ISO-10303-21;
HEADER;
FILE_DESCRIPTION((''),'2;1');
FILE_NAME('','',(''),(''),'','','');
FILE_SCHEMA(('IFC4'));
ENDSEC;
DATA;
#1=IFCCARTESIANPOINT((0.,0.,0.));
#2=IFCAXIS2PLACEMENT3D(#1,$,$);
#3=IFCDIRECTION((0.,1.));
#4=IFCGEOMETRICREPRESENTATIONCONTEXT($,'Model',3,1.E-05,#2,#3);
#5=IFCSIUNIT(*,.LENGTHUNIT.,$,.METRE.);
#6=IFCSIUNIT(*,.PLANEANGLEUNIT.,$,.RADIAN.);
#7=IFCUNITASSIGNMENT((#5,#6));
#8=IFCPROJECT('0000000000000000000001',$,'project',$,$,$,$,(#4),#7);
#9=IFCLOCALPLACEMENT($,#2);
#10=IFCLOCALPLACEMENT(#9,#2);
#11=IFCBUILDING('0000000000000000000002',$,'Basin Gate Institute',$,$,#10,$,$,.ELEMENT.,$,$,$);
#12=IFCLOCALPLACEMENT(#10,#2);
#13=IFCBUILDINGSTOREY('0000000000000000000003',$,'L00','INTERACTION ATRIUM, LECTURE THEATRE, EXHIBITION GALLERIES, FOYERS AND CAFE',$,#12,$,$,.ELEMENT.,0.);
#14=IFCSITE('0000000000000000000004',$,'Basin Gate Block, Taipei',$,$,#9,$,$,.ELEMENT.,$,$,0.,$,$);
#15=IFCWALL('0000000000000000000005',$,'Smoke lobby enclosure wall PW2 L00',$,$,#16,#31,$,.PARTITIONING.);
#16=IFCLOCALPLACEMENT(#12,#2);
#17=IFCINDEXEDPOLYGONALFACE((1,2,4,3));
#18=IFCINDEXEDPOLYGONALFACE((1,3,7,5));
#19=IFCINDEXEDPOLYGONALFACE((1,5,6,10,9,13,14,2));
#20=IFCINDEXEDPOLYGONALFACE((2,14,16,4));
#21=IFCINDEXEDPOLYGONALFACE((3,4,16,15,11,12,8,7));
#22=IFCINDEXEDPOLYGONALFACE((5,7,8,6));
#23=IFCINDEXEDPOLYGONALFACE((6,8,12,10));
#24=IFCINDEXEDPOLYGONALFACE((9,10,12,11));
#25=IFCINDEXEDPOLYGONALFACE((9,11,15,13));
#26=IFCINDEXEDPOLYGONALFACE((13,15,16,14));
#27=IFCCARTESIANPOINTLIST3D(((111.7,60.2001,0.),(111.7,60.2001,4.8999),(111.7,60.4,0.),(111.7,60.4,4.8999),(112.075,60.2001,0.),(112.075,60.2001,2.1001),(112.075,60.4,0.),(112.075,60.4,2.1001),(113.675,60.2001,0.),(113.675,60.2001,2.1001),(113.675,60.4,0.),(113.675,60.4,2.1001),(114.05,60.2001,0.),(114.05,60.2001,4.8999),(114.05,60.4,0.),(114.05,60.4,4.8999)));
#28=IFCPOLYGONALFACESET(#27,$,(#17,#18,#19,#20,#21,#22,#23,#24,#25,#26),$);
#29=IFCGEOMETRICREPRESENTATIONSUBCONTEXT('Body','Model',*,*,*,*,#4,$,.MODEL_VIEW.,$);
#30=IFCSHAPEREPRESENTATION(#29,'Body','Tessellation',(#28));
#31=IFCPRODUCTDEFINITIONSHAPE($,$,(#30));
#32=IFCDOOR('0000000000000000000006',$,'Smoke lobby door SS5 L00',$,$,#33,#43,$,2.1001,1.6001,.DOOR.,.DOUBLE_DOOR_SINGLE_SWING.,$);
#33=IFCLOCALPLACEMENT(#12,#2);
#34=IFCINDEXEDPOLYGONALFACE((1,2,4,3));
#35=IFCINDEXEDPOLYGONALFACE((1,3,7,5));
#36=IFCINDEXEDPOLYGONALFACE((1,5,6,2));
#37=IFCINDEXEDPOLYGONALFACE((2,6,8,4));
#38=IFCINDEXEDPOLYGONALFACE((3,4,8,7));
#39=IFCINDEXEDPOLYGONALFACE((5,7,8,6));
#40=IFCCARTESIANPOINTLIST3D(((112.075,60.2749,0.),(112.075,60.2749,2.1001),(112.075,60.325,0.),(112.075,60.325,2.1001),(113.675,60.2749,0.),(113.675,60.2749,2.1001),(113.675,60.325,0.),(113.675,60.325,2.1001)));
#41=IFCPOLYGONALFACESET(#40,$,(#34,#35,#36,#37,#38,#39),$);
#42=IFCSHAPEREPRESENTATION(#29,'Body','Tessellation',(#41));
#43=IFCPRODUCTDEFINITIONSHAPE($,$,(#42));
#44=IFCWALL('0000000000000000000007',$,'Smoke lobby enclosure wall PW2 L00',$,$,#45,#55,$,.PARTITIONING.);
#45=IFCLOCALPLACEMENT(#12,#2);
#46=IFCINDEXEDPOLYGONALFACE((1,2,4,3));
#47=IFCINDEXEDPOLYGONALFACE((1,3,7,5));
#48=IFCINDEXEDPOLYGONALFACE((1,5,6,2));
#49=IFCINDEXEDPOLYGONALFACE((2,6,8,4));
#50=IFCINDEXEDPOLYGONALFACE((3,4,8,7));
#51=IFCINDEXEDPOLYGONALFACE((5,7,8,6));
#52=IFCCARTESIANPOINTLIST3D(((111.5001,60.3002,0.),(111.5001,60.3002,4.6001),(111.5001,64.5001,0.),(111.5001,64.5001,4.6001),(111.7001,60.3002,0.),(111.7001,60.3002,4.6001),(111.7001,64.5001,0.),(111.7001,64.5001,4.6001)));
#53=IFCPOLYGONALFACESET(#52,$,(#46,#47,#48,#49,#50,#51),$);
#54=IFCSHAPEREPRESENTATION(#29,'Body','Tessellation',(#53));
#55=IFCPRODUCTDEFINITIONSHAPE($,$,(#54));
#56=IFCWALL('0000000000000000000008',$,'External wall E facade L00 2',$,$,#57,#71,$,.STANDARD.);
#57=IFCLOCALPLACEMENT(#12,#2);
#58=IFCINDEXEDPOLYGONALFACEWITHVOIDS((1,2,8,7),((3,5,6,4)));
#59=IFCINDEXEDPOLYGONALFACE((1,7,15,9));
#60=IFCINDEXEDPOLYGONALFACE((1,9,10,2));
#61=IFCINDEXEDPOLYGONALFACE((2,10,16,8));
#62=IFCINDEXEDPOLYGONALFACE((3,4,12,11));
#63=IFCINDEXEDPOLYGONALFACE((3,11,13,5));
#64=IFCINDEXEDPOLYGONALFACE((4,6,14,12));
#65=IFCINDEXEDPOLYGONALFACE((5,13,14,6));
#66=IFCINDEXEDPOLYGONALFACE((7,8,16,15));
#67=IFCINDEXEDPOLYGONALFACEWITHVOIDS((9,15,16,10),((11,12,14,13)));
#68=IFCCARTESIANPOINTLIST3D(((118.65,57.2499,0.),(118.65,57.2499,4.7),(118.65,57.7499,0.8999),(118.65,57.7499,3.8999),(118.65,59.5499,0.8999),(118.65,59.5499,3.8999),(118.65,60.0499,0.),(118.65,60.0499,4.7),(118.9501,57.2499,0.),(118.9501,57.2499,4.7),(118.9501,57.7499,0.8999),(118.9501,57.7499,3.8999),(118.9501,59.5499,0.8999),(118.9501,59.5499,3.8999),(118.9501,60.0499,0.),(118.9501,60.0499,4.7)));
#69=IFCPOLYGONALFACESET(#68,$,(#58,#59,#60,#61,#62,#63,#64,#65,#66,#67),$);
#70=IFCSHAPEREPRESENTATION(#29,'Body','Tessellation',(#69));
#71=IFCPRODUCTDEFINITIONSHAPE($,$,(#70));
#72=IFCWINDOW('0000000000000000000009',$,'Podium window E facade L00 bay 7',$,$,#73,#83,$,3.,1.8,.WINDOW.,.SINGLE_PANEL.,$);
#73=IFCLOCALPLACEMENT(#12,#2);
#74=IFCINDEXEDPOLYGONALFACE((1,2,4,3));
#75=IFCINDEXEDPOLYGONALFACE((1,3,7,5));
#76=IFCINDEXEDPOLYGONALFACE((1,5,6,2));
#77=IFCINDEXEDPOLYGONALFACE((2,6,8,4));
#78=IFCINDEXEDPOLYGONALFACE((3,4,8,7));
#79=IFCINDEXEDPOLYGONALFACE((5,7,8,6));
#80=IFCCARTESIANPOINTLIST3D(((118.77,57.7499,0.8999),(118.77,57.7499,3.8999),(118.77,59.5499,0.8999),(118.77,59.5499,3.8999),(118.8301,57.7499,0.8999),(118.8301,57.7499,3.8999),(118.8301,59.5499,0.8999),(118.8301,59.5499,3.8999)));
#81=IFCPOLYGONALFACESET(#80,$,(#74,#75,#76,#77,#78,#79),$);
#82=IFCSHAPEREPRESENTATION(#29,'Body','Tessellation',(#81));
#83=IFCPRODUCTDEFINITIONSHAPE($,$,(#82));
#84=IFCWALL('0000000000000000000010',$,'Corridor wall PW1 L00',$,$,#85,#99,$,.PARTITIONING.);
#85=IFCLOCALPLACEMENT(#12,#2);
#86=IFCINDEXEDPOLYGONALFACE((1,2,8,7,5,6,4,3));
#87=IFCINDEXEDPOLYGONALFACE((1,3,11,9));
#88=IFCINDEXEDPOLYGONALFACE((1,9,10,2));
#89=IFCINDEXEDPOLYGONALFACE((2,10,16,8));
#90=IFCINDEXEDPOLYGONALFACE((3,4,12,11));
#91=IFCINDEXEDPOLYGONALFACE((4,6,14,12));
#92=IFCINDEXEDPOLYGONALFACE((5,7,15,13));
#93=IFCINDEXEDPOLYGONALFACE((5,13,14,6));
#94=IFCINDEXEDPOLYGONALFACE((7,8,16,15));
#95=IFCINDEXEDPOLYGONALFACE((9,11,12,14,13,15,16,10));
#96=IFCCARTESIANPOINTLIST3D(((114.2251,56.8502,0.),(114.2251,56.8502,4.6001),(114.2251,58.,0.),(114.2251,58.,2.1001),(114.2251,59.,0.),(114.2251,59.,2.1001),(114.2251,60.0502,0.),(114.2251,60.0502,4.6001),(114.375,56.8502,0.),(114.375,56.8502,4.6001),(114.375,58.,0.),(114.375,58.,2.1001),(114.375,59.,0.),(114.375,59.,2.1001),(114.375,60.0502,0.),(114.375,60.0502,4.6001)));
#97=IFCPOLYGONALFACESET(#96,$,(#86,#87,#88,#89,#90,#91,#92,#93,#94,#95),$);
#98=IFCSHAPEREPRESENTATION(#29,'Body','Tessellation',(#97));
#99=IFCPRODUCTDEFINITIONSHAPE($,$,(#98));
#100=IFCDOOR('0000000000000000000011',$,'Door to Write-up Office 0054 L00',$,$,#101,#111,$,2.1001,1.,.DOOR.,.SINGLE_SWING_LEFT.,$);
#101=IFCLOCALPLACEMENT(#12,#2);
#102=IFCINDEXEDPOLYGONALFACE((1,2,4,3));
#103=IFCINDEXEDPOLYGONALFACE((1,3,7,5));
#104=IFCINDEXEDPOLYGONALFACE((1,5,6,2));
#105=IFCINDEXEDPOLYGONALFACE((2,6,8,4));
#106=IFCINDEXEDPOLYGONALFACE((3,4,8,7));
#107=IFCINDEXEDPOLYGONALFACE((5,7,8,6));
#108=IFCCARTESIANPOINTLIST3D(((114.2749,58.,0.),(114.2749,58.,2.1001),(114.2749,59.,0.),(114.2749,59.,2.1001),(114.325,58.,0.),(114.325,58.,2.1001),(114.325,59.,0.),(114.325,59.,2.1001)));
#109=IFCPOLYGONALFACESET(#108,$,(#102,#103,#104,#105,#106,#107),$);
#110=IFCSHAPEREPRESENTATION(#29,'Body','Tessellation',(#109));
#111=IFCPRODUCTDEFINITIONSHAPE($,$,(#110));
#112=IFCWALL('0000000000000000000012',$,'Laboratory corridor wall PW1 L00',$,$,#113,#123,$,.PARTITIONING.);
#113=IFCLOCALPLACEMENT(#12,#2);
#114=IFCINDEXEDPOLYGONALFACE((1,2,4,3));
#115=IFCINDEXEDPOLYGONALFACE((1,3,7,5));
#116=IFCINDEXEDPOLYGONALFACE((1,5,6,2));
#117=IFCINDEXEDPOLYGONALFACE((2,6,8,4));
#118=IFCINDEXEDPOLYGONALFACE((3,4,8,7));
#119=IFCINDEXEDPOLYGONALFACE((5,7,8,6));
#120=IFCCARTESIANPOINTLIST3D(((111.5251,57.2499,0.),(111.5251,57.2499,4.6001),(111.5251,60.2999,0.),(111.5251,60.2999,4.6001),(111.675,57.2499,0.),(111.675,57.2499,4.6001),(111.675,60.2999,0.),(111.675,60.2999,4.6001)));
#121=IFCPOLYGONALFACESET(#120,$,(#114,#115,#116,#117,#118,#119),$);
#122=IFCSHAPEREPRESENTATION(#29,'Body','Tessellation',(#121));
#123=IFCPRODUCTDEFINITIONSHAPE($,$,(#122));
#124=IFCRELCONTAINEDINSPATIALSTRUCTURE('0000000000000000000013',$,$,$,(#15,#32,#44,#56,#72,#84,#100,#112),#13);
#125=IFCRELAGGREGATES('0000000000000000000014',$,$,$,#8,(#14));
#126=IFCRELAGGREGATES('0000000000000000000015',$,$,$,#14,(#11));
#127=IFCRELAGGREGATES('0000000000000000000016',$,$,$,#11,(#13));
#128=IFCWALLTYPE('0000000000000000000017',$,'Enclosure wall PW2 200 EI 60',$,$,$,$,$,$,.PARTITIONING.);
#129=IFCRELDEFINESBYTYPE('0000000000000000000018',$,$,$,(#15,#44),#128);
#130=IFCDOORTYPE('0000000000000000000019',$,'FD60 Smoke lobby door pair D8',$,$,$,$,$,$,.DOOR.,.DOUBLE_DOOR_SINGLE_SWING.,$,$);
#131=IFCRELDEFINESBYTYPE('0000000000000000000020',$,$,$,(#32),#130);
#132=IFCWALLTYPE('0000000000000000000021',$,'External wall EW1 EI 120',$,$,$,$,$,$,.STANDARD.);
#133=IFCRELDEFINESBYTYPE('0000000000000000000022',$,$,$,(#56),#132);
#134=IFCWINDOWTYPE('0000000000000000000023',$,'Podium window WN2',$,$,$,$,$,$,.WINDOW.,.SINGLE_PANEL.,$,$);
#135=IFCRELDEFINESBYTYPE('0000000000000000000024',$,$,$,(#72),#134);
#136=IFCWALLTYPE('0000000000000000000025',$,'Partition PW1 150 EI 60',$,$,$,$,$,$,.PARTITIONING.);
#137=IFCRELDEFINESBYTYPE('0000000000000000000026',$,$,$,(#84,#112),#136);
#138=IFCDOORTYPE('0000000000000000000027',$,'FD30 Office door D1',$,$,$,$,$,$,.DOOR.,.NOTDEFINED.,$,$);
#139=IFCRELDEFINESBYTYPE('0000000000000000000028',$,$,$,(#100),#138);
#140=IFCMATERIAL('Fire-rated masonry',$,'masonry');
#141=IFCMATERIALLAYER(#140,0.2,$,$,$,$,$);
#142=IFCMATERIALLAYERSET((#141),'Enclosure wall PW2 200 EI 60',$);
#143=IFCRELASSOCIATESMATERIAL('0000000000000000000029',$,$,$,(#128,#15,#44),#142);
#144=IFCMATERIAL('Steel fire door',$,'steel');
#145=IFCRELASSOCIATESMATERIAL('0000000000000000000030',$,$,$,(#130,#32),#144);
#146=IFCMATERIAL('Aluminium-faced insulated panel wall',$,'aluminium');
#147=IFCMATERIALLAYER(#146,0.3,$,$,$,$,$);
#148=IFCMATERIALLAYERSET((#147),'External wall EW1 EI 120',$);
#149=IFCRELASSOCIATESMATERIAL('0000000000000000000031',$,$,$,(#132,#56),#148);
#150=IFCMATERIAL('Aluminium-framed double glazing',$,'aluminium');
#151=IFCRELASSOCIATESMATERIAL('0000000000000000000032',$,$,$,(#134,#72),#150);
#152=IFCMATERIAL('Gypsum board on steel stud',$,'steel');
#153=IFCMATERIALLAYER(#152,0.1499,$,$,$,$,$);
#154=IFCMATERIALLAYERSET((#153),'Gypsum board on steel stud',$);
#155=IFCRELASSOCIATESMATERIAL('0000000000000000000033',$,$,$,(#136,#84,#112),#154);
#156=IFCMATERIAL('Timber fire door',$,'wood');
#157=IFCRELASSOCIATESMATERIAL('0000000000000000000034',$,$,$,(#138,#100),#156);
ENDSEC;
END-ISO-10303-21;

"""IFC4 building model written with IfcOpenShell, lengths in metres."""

from ifc_helpers import new_model, si_unit, direction, frame, frame_2d, origin, place, context, subcontext, project, spatial, rectangle, extrude, material, layer, layer_set, type_object, element, fill, save


model = new_model("IFC4")

# Units and contexts
model_context = context("Model", 3, precision=1e-05, world=origin(), true_north=direction((0.0, 1.0)))
body_context = subcontext(model_context, "Body", "Model", "MODEL_VIEW")
ifc_project = project(units=[si_unit("LENGTHUNIT", "METRE"), si_unit("PLANEANGLEUNIT", "RADIAN")], contexts=[model_context])

# Site, building, storey
site_placement = place(None, origin())
site = spatial("IfcSite", under=ifc_project, at=site_placement, Name="Basin Gate Block, Taipei", CompositionType="ELEMENT", RefElevation=0.0)
building_placement = place(site_placement, origin())
building = spatial("IfcBuilding", under=site, at=building_placement, Name="Basin Gate Institute", CompositionType="ELEMENT")
storey_placement = place(building_placement, origin())
storey = spatial("IfcBuildingStorey", under=building, at=storey_placement, Name="L00", Description="INTERACTION ATRIUM, LECTURE THEATRE, EXHIBITION GALLERIES, FOYERS AND CAFE", CompositionType="ELEMENT", Elevation=0.0)

# Wall, opening, door
ifc_material_1 = material(Name="Fire-rated masonry", Category="masonry")
ifc_layer_1 = layer(ifc_material_1, 0.2)
ifc_layer_set_1 = layer_set([ifc_layer_1], Name="Enclosure wall PW2 200 EI 60")
wall_type_1 = type_object("IfcWallType", Name="Enclosure wall PW2 200 EI 60", PredefinedType="PARTITIONING", material=ifc_layer_set_1)
wall_1_placement = place(storey_placement, frame((114.05, 60.3, 0.0), z_axis=(0.0, 0.0, 1.0), x_axis=(-1.0, 0.0, 0.0)))
wall_1 = element("IfcWall", 1, at=wall_1_placement, inside=storey, type_object=wall_type_1, material=ifc_layer_set_1, Name="Smoke lobby enclosure wall PW2 L00", PredefinedType="PARTITIONING", context=body_context, shape_type="SweptSolid", body=[
    extrude(rectangle(XDim=2.3501, YDim=0.2, at=frame_2d((1.175, 0.0))), origin(), (0.0, 0.0, 1.0), 4.8999),
])
opening_1_placement = place(wall_1_placement, frame((0.375, 0.0, 0.0)))
opening_1 = element("IfcOpeningElement", 2, at=opening_1_placement, cuts=wall_1, PredefinedType="OPENING", context=body_context, shape_type="SweptSolid", body=[
    extrude(rectangle(XDim=1.6001, YDim=2.1001, at=frame_2d((0.8, 1.05))), frame((0.0, 0.1099, 0.0), z_axis=(0.0, -1.0, 0.0), x_axis=(1.0, 0.0, 0.0)), (0.0, 0.0, 1.0), 0.22),
])
ifc_material_2 = material(Name="Steel fire door", Category="steel")
door_type_1 = type_object("IfcDoorType", Name="FD60 Smoke lobby door pair D8", OperationType="DOUBLE_DOOR_SINGLE_SWING", PredefinedType="DOOR", material=ifc_material_2)
door_1_placement = place(opening_1_placement, frame((1.6001, 0.0, 0.0), z_axis=(0.0, 0.0, 1.0), x_axis=(-1.0, 0.0, 0.0)))
door_1 = element("IfcDoor", 3, at=door_1_placement, inside=storey, type_object=door_type_1, material=ifc_material_2, Name="Smoke lobby door SS5 L00", OperationType="DOUBLE_DOOR_SINGLE_SWING", OverallHeight=2.1001, OverallWidth=1.6001, PredefinedType="DOOR", context=body_context, shape_type="SweptSolid", body=[
    extrude(rectangle(XDim=1.6001, YDim=2.1001, at=frame_2d((0.8, 1.05))), frame((0.0, 0.0249, 0.0), z_axis=(0.0, -1.0, 0.0), x_axis=(1.0, 0.0, 0.0)), (0.0, 0.0, 1.0), 0.05),
])
fill(opening_1, door_1)

# Wall
wall_2_placement = place(storey_placement, frame((111.6001, 60.3, 0.0), z_axis=(0.0, 0.0, 1.0), x_axis=(0.0, 1.0, 0.0)))
element("IfcWall", 4, at=wall_2_placement, inside=storey, type_object=wall_type_1, material=ifc_layer_set_1, Name="Smoke lobby enclosure wall PW2 L00", PredefinedType="PARTITIONING", context=body_context, shape_type="SweptSolid", body=[
    extrude(rectangle(XDim=4.2, YDim=0.2, at=frame_2d((2.1001, 0.0))), origin(), (0.0, 0.0, 1.0), 4.6001),
])

# Wall, opening, window
ifc_material_3 = material(Name="Aluminium-faced insulated panel wall", Category="aluminium")
ifc_layer_2 = layer(ifc_material_3, 0.3)
ifc_layer_set_2 = layer_set([ifc_layer_2], Name="External wall EW1 EI 120")
wall_type_2 = type_object("IfcWallType", Name="External wall EW1 EI 120", PredefinedType="STANDARD", material=ifc_layer_set_2)
wall_3_placement = place(storey_placement, frame((118.8, 57.25, 0.0), z_axis=(0.0, 0.0, 1.0), x_axis=(0.0, 1.0, 0.0)))
wall_3 = element("IfcWall", 5, at=wall_3_placement, inside=storey, type_object=wall_type_2, material=ifc_layer_set_2, Name="External wall E facade L00 2", PredefinedType="STANDARD", context=body_context, shape_type="SweptSolid", body=[
    extrude(rectangle(XDim=2.8, YDim=0.3, at=frame_2d((1.3999, 0.0))), origin(), (0.0, 0.0, 1.0), 4.7),
])
opening_2_placement = place(wall_3_placement, frame((0.5, 0.0, 0.8999)))
opening_2 = element("IfcOpeningElement", 6, at=opening_2_placement, cuts=wall_3, PredefinedType="OPENING", context=body_context, shape_type="SweptSolid", body=[
    extrude(rectangle(XDim=1.8, YDim=3.0, at=frame_2d((0.8999, 1.5))), frame((0.0, 0.1602, 0.0), z_axis=(0.0, -1.0, 0.0), x_axis=(1.0, 0.0, 0.0)), (0.0, 0.0, 1.0), 0.3201),
])
ifc_material_4 = material(Name="Aluminium-framed double glazing", Category="aluminium")
window_type_1 = type_object("IfcWindowType", Name="Podium window WN2", PartitioningType="SINGLE_PANEL", PredefinedType="WINDOW", material=ifc_material_4)
window_1_placement = place(opening_2_placement, origin())
window_1 = element("IfcWindow", 7, at=window_1_placement, inside=storey, type_object=window_type_1, material=ifc_material_4, Name="Podium window E facade L00 bay 7", OverallHeight=3.0, OverallWidth=1.8, PartitioningType="SINGLE_PANEL", PredefinedType="WINDOW", context=body_context, shape_type="SweptSolid", body=[
    extrude(rectangle(XDim=1.8, YDim=3.0, at=frame_2d((0.8999, 1.5))), frame((0.0, 0.03, 0.0), z_axis=(0.0, -1.0, 0.0), x_axis=(1.0, 0.0, 0.0)), (0.0, 0.0, 1.0), 0.0601),
])
fill(opening_2, window_1)

# Wall, opening, door
ifc_material_5 = material(Name="Gypsum board on steel stud", Category="steel")
ifc_layer_3 = layer(ifc_material_5, 0.1499)
ifc_layer_set_3 = layer_set([ifc_layer_3], Name="Gypsum board on steel stud")
wall_type_3 = type_object("IfcWallType", Name="Partition PW1 150 EI 60", PredefinedType="PARTITIONING", material=ifc_layer_set_3)
wall_4_placement = place(storey_placement, frame((114.3, 56.8501, 0.0), z_axis=(0.0, 0.0, 1.0), x_axis=(0.0, 1.0, 0.0)))
wall_4 = element("IfcWall", 8, at=wall_4_placement, inside=storey, type_object=wall_type_3, material=ifc_layer_set_3, Name="Corridor wall PW1 L00", PredefinedType="PARTITIONING", context=body_context, shape_type="SweptSolid", body=[
    extrude(rectangle(XDim=3.2, YDim=0.1499, at=frame_2d((1.6001, 0.0))), origin(), (0.0, 0.0, 1.0), 4.6001),
])
opening_3_placement = place(wall_4_placement, frame((1.1499, 0.0, 0.0)))
opening_3 = element("IfcOpeningElement", 9, at=opening_3_placement, cuts=wall_4, PredefinedType="OPENING", context=body_context, shape_type="SweptSolid", body=[
    extrude(rectangle(XDim=1.0, YDim=2.1001, at=frame_2d((0.5, 1.05))), frame((0.0, 0.085, 0.0), z_axis=(0.0, -1.0, 0.0), x_axis=(1.0, 0.0, 0.0)), (0.0, 0.0, 1.0), 0.1699),
])
ifc_material_6 = material(Name="Timber fire door", Category="wood")
door_type_2 = type_object("IfcDoorType", Name="FD30 Office door D1", OperationType="NOTDEFINED", PredefinedType="DOOR", material=ifc_material_6)
door_2_placement = place(opening_3_placement, frame((1.0, 0.0, 0.0), z_axis=(0.0, 0.0, 1.0), x_axis=(-1.0, 0.0, 0.0)))
door_2 = element("IfcDoor", 10, at=door_2_placement, inside=storey, type_object=door_type_2, material=ifc_material_6, Name="Door to Write-up Office 0054 L00", OperationType="SINGLE_SWING_LEFT", OverallHeight=2.1001, OverallWidth=1.0, PredefinedType="DOOR", context=body_context, shape_type="SweptSolid", body=[
    extrude(rectangle(XDim=1.0, YDim=2.1001, at=frame_2d((0.5, 1.05))), frame((0.0, 0.0249, 0.0), z_axis=(0.0, -1.0, 0.0), x_axis=(1.0, 0.0, 0.0)), (0.0, 0.0, 1.0), 0.05),
])
fill(opening_3, door_2)

# Wall
wall_5_placement = place(storey_placement, frame((111.6001, 57.25, 0.0), z_axis=(0.0, 0.0, 1.0), x_axis=(0.0, 1.0, 0.0)))
element("IfcWall", 11, at=wall_5_placement, inside=storey, type_object=wall_type_3, material=ifc_layer_set_3, Name="Laboratory corridor wall PW1 L00", PredefinedType="PARTITIONING", context=body_context, shape_type="SweptSolid", body=[
    extrude(rectangle(XDim=3.05, YDim=0.1499, at=frame_2d((1.5249, 0.0))), origin(), (0.0, 0.0, 1.0), 4.6001),
])

save(model, "model.ifc")
